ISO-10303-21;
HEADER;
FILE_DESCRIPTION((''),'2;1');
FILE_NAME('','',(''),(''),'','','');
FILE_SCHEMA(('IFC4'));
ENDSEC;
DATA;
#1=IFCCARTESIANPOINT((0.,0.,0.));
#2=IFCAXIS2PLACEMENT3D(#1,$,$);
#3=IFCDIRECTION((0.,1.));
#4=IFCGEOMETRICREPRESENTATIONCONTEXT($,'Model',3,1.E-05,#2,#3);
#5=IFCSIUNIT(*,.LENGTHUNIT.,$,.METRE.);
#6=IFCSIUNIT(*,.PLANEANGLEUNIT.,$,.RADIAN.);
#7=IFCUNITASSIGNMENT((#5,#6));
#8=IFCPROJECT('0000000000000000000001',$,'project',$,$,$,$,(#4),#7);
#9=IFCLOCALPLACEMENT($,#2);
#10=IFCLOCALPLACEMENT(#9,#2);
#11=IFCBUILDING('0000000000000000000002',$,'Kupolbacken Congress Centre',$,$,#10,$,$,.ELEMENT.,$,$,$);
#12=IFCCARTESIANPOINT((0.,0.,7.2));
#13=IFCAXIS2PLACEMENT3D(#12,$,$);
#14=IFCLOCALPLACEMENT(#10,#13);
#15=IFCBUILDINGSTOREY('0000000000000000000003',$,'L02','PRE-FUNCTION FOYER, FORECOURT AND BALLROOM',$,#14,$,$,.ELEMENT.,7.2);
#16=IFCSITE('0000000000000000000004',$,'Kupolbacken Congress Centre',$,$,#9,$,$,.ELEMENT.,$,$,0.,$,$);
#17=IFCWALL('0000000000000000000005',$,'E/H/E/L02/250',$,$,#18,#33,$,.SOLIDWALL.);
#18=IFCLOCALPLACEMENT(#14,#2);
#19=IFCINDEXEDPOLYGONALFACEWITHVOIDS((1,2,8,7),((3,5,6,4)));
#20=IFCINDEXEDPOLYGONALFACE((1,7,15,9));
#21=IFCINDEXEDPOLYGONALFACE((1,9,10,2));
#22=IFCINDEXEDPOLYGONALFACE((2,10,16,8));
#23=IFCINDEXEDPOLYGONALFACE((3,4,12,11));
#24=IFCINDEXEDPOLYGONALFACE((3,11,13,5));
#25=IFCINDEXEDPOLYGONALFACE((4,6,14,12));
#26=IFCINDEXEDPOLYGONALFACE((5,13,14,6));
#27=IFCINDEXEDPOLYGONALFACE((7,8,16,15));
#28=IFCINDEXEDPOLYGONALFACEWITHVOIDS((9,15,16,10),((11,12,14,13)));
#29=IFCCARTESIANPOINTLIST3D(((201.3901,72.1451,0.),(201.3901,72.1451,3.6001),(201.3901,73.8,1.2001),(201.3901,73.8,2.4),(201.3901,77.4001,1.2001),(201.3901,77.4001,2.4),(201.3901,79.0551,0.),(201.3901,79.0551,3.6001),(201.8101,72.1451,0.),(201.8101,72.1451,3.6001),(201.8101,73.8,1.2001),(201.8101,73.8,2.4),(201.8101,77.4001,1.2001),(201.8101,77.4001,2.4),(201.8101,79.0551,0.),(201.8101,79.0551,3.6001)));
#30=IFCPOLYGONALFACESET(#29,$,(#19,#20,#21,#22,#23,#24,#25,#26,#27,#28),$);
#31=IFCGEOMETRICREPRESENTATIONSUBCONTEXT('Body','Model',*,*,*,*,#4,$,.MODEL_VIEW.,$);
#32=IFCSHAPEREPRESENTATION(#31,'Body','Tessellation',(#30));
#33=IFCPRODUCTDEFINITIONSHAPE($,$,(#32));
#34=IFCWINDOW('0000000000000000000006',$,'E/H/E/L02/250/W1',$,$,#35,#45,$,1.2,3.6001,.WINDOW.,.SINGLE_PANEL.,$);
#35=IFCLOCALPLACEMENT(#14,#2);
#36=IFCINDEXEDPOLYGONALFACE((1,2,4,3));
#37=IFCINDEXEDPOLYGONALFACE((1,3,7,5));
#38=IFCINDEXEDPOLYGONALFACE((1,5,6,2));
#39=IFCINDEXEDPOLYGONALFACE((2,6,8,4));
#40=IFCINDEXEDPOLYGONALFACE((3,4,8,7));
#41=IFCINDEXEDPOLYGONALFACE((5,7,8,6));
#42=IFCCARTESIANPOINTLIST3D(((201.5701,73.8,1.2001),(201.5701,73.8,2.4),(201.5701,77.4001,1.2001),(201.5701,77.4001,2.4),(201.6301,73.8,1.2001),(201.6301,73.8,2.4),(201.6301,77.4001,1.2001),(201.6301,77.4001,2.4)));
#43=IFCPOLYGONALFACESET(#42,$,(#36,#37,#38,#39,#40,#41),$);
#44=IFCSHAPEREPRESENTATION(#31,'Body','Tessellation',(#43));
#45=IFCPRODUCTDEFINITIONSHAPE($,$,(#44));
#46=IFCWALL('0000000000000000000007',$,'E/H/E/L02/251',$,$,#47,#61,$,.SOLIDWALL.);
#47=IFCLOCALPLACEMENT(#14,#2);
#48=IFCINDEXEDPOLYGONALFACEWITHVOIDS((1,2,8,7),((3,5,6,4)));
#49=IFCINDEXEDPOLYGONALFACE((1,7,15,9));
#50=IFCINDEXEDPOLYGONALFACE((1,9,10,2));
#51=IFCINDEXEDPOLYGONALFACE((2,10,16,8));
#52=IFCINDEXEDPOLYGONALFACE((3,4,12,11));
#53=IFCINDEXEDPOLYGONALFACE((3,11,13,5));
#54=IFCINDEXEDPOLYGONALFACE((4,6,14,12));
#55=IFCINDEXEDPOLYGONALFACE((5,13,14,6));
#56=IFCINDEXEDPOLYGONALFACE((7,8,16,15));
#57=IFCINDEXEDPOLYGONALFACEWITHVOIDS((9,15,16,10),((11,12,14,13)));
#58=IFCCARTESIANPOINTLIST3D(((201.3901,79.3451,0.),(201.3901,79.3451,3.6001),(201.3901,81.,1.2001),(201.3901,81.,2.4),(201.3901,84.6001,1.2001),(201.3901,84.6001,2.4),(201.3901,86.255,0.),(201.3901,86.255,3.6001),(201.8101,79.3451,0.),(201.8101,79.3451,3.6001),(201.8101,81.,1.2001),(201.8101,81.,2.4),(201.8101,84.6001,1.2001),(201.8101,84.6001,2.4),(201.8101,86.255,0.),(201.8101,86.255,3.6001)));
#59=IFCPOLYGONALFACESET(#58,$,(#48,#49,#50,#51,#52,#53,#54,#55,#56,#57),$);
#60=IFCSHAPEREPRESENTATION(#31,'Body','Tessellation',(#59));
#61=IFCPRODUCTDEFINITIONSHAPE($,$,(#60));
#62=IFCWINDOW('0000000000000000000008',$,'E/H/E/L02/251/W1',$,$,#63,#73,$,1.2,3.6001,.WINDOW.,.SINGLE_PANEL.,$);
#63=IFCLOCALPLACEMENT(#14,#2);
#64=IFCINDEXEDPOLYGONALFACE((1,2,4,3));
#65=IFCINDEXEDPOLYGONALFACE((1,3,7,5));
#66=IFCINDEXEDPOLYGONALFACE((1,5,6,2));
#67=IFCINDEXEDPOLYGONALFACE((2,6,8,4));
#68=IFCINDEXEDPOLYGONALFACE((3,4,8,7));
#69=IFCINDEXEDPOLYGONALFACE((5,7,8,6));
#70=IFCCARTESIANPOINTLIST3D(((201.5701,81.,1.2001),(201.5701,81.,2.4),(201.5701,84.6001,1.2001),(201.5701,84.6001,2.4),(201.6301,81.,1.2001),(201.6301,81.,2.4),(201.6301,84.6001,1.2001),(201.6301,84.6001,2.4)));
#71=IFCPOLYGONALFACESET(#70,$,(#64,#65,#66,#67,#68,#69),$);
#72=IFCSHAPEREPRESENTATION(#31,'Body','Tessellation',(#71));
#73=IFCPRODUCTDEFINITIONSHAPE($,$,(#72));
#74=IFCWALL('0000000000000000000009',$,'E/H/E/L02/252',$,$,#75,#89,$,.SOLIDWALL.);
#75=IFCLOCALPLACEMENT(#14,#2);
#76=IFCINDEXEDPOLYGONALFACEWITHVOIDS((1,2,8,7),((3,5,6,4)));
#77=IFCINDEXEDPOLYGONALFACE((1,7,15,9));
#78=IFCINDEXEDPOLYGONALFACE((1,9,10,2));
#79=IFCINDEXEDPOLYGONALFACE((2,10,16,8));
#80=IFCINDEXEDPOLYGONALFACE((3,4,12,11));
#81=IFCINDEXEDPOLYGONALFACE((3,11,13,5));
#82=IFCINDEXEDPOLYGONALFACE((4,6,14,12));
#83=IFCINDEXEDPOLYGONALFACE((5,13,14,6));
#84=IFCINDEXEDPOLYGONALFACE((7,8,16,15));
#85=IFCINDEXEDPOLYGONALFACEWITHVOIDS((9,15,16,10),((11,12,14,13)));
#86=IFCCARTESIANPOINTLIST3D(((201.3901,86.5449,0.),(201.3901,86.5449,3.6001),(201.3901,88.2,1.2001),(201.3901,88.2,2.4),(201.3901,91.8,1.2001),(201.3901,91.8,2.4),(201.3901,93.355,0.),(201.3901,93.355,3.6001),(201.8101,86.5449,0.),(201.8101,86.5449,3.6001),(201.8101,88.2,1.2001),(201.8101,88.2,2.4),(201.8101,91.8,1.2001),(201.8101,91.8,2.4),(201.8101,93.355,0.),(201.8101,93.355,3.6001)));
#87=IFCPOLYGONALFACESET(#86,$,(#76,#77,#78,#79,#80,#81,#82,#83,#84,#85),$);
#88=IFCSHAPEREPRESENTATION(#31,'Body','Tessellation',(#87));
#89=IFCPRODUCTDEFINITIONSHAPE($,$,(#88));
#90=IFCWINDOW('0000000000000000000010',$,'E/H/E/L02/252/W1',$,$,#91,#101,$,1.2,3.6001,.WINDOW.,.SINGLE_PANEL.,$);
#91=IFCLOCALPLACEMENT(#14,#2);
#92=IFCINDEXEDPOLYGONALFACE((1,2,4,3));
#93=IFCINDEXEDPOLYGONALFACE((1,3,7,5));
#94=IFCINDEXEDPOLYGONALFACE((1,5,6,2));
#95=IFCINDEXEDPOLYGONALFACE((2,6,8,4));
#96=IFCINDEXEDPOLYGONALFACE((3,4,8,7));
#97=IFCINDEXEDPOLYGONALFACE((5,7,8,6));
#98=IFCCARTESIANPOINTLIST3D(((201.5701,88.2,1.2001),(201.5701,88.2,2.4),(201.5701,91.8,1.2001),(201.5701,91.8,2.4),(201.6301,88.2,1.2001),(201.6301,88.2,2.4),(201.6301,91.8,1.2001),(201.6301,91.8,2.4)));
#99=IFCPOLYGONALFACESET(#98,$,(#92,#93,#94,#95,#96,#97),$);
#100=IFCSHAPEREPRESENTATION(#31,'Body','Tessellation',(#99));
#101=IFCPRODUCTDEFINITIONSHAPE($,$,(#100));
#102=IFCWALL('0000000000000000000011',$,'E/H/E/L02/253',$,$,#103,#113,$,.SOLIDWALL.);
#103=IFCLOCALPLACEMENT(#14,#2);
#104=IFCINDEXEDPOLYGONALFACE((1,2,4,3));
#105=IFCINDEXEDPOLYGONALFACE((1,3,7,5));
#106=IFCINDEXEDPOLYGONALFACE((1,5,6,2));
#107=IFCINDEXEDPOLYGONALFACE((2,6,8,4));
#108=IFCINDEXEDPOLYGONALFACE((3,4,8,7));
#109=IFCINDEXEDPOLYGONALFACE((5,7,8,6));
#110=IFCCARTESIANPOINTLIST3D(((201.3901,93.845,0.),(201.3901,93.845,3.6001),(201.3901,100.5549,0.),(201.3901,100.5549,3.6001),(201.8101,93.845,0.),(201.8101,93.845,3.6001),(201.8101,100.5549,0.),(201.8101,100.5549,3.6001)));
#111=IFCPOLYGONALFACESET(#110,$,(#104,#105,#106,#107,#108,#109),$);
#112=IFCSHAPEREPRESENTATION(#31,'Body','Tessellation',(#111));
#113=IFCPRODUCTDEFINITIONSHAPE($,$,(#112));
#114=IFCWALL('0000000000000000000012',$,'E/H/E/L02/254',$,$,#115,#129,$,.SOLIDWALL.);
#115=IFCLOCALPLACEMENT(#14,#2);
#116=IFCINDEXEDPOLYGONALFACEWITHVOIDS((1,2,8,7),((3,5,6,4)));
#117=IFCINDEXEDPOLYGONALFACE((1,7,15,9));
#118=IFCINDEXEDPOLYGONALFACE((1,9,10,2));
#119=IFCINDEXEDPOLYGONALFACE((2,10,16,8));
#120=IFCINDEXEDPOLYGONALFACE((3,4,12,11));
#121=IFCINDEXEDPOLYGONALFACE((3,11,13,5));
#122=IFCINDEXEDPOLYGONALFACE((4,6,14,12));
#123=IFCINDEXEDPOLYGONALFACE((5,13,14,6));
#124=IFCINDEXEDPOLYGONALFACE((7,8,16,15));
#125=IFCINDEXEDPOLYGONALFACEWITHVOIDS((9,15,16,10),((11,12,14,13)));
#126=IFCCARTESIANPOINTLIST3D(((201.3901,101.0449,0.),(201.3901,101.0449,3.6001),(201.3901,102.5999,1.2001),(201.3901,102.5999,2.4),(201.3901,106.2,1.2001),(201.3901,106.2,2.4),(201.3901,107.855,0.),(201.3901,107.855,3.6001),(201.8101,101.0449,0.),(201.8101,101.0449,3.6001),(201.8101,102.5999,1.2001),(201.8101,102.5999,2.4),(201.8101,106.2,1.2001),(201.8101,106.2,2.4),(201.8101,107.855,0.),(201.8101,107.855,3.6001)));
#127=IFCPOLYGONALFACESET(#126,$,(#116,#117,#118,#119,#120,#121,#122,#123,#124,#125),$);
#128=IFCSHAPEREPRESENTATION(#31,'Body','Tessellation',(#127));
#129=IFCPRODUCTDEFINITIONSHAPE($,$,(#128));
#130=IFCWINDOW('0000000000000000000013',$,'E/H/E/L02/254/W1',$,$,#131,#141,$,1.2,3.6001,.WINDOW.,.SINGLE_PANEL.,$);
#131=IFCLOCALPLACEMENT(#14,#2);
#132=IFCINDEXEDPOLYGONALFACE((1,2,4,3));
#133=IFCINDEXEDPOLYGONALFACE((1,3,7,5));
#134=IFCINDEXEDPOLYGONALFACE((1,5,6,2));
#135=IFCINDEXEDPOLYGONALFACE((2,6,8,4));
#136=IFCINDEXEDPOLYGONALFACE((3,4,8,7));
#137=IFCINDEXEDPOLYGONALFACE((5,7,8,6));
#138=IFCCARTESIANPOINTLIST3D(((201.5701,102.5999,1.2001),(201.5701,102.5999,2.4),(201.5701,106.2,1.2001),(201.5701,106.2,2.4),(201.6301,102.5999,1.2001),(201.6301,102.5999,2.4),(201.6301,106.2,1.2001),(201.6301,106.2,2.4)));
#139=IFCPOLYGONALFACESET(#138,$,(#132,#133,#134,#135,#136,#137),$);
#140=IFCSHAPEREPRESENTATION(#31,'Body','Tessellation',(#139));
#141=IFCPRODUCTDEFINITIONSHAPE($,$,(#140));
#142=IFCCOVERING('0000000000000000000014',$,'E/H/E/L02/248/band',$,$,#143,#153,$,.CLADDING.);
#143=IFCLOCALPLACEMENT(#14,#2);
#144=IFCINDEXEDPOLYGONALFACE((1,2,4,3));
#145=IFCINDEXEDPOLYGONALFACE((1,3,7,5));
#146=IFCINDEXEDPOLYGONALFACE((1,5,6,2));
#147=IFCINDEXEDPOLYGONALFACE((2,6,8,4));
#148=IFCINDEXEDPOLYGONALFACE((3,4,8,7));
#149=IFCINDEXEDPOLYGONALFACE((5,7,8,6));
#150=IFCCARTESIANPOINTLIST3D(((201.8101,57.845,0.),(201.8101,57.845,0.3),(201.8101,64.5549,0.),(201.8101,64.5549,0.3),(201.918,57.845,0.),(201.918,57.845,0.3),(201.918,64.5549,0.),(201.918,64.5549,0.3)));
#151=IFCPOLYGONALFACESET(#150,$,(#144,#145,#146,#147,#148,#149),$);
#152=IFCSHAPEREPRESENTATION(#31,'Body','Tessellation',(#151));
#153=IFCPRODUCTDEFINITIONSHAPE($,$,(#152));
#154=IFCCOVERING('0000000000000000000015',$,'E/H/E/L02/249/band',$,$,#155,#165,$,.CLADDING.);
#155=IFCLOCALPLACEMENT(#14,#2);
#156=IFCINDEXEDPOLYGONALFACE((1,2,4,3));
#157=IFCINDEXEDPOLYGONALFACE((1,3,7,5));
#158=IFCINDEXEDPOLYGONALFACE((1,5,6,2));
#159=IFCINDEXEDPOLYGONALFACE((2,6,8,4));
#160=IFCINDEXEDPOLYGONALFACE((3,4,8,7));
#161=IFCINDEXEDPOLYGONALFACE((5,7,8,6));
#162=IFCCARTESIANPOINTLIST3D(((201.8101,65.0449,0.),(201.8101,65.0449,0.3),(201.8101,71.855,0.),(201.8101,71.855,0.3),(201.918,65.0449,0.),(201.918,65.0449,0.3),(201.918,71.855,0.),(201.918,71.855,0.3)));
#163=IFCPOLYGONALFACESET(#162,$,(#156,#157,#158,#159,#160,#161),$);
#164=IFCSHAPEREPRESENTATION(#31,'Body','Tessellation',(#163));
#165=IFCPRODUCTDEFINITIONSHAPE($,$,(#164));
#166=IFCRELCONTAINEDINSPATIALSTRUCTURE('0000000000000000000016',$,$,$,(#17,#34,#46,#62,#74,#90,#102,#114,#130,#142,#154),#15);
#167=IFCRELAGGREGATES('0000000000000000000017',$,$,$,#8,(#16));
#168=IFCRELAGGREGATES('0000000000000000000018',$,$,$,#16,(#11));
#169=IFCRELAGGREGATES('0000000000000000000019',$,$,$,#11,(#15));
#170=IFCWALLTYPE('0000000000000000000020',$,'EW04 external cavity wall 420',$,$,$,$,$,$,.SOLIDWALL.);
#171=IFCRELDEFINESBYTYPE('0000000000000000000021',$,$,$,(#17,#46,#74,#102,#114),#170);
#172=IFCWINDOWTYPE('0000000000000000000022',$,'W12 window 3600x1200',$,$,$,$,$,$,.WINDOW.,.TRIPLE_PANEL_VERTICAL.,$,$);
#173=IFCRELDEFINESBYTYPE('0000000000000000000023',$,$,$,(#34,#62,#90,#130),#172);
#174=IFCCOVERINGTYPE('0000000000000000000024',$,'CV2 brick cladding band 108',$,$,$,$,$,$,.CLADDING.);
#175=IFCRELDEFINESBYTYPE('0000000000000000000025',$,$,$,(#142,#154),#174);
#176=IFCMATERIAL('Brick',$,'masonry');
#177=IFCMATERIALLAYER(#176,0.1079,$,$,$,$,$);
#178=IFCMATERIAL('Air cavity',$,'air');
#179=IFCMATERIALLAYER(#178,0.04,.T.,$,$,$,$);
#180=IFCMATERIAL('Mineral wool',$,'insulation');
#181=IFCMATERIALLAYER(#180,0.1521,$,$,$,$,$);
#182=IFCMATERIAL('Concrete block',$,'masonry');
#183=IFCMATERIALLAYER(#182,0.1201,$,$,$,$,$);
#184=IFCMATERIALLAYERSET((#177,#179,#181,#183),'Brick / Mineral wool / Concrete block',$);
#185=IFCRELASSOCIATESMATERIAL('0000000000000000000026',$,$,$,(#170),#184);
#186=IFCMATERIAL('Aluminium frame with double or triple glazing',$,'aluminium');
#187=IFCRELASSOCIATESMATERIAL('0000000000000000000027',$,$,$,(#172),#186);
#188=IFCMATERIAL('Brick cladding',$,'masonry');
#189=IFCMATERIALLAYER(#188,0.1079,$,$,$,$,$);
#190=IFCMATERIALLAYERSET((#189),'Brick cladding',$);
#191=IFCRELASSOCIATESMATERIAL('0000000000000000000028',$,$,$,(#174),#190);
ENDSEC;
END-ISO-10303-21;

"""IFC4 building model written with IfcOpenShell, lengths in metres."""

from ifc_helpers import new_model, si_unit, direction, frame, frame_2d, origin, origin_2d, place, context, subcontext, project, spatial, rectangle, extrude, material, layer, layer_set, type_object, element, fill, save


model = new_model("IFC4")

# Units and contexts
model_context = context("Model", 3, precision=1e-05, world=origin(), true_north=direction((0.0, 1.0)))
body_context = subcontext(model_context, "Body", "Model", "MODEL_VIEW")
ifc_project = project(units=[si_unit("LENGTHUNIT", "METRE"), si_unit("PLANEANGLEUNIT", "RADIAN")], contexts=[model_context])

# Site, building, storey
site_placement = place(None, origin())
site = spatial("IfcSite", under=ifc_project, at=site_placement, Name="Kupolbacken Congress Centre", CompositionType="ELEMENT", RefElevation=0.0)
building_placement = place(site_placement, origin())
building = spatial("IfcBuilding", under=site, at=building_placement, Name="Kupolbacken Congress Centre", CompositionType="ELEMENT")
storey_placement = place(building_placement, frame((0.0, 0.0, 7.2)))
storey = spatial("IfcBuildingStorey", under=building, at=storey_placement, Name="L02", Description="PRE-FUNCTION FOYER, FORECOURT AND BALLROOM", CompositionType="ELEMENT", Elevation=7.2)

# Walls, openings, windows
ifc_material_1 = material(Name="Brick", Category="masonry")
ifc_layer_1 = layer(ifc_material_1, 0.1079)
ifc_material_2 = material(Name="Air cavity", Category="air")
ifc_layer_2 = layer(ifc_material_2, 0.04, ventilated=True)
ifc_material_3 = material(Name="Mineral wool", Category="insulation")
ifc_layer_3 = layer(ifc_material_3, 0.1521)
ifc_material_4 = material(Name="Concrete block", Category="masonry")
ifc_layer_4 = layer(ifc_material_4, 0.1201)
ifc_layer_set_1 = layer_set([ifc_layer_1, ifc_layer_2, ifc_layer_3, ifc_layer_4], Name="Brick / Mineral wool / Concrete block")
wall_type = type_object("IfcWallType", Name="EW04 external cavity wall 420", PredefinedType="SOLIDWALL", material=ifc_layer_set_1)
ifc_material_5 = material(Name="Aluminium frame with double or triple glazing", Category="aluminium")
window_type = type_object("IfcWindowType", Name="W12 window 3600x1200", PartitioningType="TRIPLE_PANEL_VERTICAL", PredefinedType="WINDOW", material=ifc_material_5)
wall_1_placement = place(storey_placement, frame((201.6001, 72.145, 0.0), z_axis=(0.0, 0.0, 1.0), x_axis=(0.0, 1.0, 0.0)))
wall_1 = element("IfcWall", 1, at=wall_1_placement, inside=storey, type_object=wall_type, Name="E/H/E/L02/250", PredefinedType="SOLIDWALL", context=body_context, shape_type="SweptSolid", body=[
    extrude(rectangle(XDim=6.9099, YDim=0.4199, at=frame_2d((3.4551, 0.0))), origin(), (0.0, 0.0, 1.0), 3.6001),
])
opening_1_placement = place(wall_1_placement, frame((1.655, 0.0, 1.2)))
opening_1 = element("IfcOpeningElement", 2, at=opening_1_placement, cuts=wall_1, PredefinedType="OPENING", context=body_context, shape_type="SweptSolid", body=[
    extrude(rectangle(XDim=3.6001, YDim=1.2, at=frame_2d((1.8, 0.6001))), frame((0.0, 0.22, 0.0), z_axis=(0.0, -1.0, 0.0), x_axis=(1.0, 0.0, 0.0)), (0.0, 0.0, 1.0), 0.4399),
])
window_1_placement = place(opening_1_placement, origin())
window_1 = element("IfcWindow", 3, at=window_1_placement, inside=storey, type_object=window_type, Name="E/H/E/L02/250/W1", OverallHeight=1.2, OverallWidth=3.6001, PartitioningType="SINGLE_PANEL", PredefinedType="WINDOW", context=body_context, shape_type="SweptSolid", body=[
    extrude(rectangle(XDim=3.6001, YDim=1.2, at=frame_2d((1.8, 0.6001))), frame((0.0, 0.03, 0.0), z_axis=(0.0, -1.0, 0.0), x_axis=(1.0, 0.0, 0.0)), (0.0, 0.0, 1.0), 0.0601),
])
fill(opening_1, window_1)
wall_2_placement = place(storey_placement, frame((201.6001, 79.345, 0.0), z_axis=(0.0, 0.0, 1.0), x_axis=(0.0, 1.0, 0.0)))
wall_2 = element("IfcWall", 4, at=wall_2_placement, inside=storey, type_object=wall_type, Name="E/H/E/L02/251", PredefinedType="SOLIDWALL", context=body_context, shape_type="SweptSolid", body=[
    extrude(rectangle(XDim=6.9099, YDim=0.4199, at=frame_2d((3.4551, 0.0))), origin(), (0.0, 0.0, 1.0), 3.6001),
])
opening_2_placement = place(wall_2_placement, frame((1.655, 0.0, 1.2)))
opening_2 = element("IfcOpeningElement", 5, at=opening_2_placement, cuts=wall_2, PredefinedType="OPENING", context=body_context, shape_type="SweptSolid", body=[
    extrude(rectangle(XDim=3.6001, YDim=1.2, at=frame_2d((1.8, 0.6001))), frame((0.0, 0.22, 0.0), z_axis=(0.0, -1.0, 0.0), x_axis=(1.0, 0.0, 0.0)), (0.0, 0.0, 1.0), 0.4399),
])
window_2_placement = place(opening_2_placement, origin())
window_2 = element("IfcWindow", 6, at=window_2_placement, inside=storey, type_object=window_type, Name="E/H/E/L02/251/W1", OverallHeight=1.2, OverallWidth=3.6001, PartitioningType="SINGLE_PANEL", PredefinedType="WINDOW", context=body_context, shape_type="SweptSolid", body=[
    extrude(rectangle(XDim=3.6001, YDim=1.2, at=frame_2d((1.8, 0.6001))), frame((0.0, 0.03, 0.0), z_axis=(0.0, -1.0, 0.0), x_axis=(1.0, 0.0, 0.0)), (0.0, 0.0, 1.0), 0.0601),
])
fill(opening_2, window_2)
wall_3_placement = place(storey_placement, frame((201.6001, 86.5449, 0.0), z_axis=(0.0, 0.0, 1.0), x_axis=(0.0, 1.0, 0.0)))
wall_3 = element("IfcWall", 7, at=wall_3_placement, inside=storey, type_object=wall_type, Name="E/H/E/L02/252", PredefinedType="SOLIDWALL", context=body_context, shape_type="SweptSolid", body=[
    extrude(rectangle(XDim=6.8101, YDim=0.4199, at=frame_2d((3.405, 0.0))), origin(), (0.0, 0.0, 1.0), 3.6001),
])
opening_3_placement = place(wall_3_placement, frame((1.655, 0.0, 1.2)))
opening_3 = element("IfcOpeningElement", 8, at=opening_3_placement, cuts=wall_3, PredefinedType="OPENING", context=body_context, shape_type="SweptSolid", body=[
    extrude(rectangle(XDim=3.6001, YDim=1.2, at=frame_2d((1.8, 0.6001))), frame((0.0, 0.22, 0.0), z_axis=(0.0, -1.0, 0.0), x_axis=(1.0, 0.0, 0.0)), (0.0, 0.0, 1.0), 0.4399),
])
window_3_placement = place(opening_3_placement, origin())
window_3 = element("IfcWindow", 9, at=window_3_placement, inside=storey, type_object=window_type, Name="E/H/E/L02/252/W1", OverallHeight=1.2, OverallWidth=3.6001, PartitioningType="SINGLE_PANEL", PredefinedType="WINDOW", context=body_context, shape_type="SweptSolid", body=[
    extrude(rectangle(XDim=3.6001, YDim=1.2, at=frame_2d((1.8, 0.6001))), frame((0.0, 0.03, 0.0), z_axis=(0.0, -1.0, 0.0), x_axis=(1.0, 0.0, 0.0)), (0.0, 0.0, 1.0), 0.0601),
])
fill(opening_3, window_3)

# Wall
wall_4_placement = place(storey_placement, frame((201.6001, 93.845, 0.0), z_axis=(0.0, 0.0, 1.0), x_axis=(0.0, 1.0, 0.0)))
element("IfcWall", 10, at=wall_4_placement, inside=storey, type_object=wall_type, Name="E/H/E/L02/253", PredefinedType="SOLIDWALL", context=body_context, shape_type="SweptSolid", body=[
    extrude(rectangle(XDim=6.71, YDim=0.4199, at=frame_2d((3.355, 0.0))), origin(), (0.0, 0.0, 1.0), 3.6001),
])

# Wall, opening, window
wall_5_placement = place(storey_placement, frame((201.6001, 101.0449, 0.0), z_axis=(0.0, 0.0, 1.0), x_axis=(0.0, 1.0, 0.0)))
wall_5 = element("IfcWall", 11, at=wall_5_placement, inside=storey, type_object=wall_type, Name="E/H/E/L02/254", PredefinedType="SOLIDWALL", context=body_context, shape_type="SweptSolid", body=[
    extrude(rectangle(XDim=6.8101, YDim=0.4199, at=frame_2d((3.405, 0.0))), origin(), (0.0, 0.0, 1.0), 3.6001),
])
opening_4_placement = place(wall_5_placement, frame((1.5549, 0.0, 1.2)))
opening_4 = element("IfcOpeningElement", 12, at=opening_4_placement, cuts=wall_5, PredefinedType="OPENING", context=body_context, shape_type="SweptSolid", body=[
    extrude(rectangle(XDim=3.6001, YDim=1.2, at=frame_2d((1.8, 0.6001))), frame((0.0, 0.22, 0.0), z_axis=(0.0, -1.0, 0.0), x_axis=(1.0, 0.0, 0.0)), (0.0, 0.0, 1.0), 0.4399),
])
window_4_placement = place(opening_4_placement, origin())
window_4 = element("IfcWindow", 13, at=window_4_placement, inside=storey, type_object=window_type, Name="E/H/E/L02/254/W1", OverallHeight=1.2, OverallWidth=3.6001, PartitioningType="SINGLE_PANEL", PredefinedType="WINDOW", context=body_context, shape_type="SweptSolid", body=[
    extrude(rectangle(XDim=3.6001, YDim=1.2, at=frame_2d((1.8, 0.6001))), frame((0.0, 0.03, 0.0), z_axis=(0.0, -1.0, 0.0), x_axis=(1.0, 0.0, 0.0)), (0.0, 0.0, 1.0), 0.0601),
])
fill(opening_4, window_4)

# Coverings
ifc_material_6 = material(Name="Brick cladding", Category="masonry")
ifc_layer_5 = layer(ifc_material_6, 0.1079)
ifc_layer_set_2 = layer_set([ifc_layer_5], Name="Brick cladding")
covering_type_1 = type_object("IfcCoveringType", Name="CV2 brick cladding band 108", PredefinedType="CLADDING", material=ifc_layer_set_2)
covering_1_placement = place(storey_placement, frame((201.864, 61.2, 0.0), z_axis=(0.0, 0.0, 1.0), x_axis=(0.0, 1.0, 0.0)))
element("IfcCovering", 14, at=covering_1_placement, inside=storey, type_object=covering_type_1, Name="E/H/E/L02/248/band", PredefinedType="CLADDING", context=body_context, shape_type="SweptSolid", body=[
    extrude(rectangle(XDim=6.71, YDim=0.1079, at=origin_2d()), origin(), (0.0, 0.0, 1.0), 0.3),
])
covering_2_placement = place(storey_placement, frame((201.864, 68.45, 0.0), z_axis=(0.0, 0.0, 1.0), x_axis=(0.0, 1.0, 0.0)))
element("IfcCovering", 15, at=covering_2_placement, inside=storey, type_object=covering_type_1, Name="E/H/E/L02/249/band", PredefinedType="CLADDING", context=body_context, shape_type="SweptSolid", body=[
    extrude(rectangle(XDim=6.8101, YDim=0.1079, at=origin_2d()), origin(), (0.0, 0.0, 1.0), 0.3),
])

save(model, "model.ifc")
